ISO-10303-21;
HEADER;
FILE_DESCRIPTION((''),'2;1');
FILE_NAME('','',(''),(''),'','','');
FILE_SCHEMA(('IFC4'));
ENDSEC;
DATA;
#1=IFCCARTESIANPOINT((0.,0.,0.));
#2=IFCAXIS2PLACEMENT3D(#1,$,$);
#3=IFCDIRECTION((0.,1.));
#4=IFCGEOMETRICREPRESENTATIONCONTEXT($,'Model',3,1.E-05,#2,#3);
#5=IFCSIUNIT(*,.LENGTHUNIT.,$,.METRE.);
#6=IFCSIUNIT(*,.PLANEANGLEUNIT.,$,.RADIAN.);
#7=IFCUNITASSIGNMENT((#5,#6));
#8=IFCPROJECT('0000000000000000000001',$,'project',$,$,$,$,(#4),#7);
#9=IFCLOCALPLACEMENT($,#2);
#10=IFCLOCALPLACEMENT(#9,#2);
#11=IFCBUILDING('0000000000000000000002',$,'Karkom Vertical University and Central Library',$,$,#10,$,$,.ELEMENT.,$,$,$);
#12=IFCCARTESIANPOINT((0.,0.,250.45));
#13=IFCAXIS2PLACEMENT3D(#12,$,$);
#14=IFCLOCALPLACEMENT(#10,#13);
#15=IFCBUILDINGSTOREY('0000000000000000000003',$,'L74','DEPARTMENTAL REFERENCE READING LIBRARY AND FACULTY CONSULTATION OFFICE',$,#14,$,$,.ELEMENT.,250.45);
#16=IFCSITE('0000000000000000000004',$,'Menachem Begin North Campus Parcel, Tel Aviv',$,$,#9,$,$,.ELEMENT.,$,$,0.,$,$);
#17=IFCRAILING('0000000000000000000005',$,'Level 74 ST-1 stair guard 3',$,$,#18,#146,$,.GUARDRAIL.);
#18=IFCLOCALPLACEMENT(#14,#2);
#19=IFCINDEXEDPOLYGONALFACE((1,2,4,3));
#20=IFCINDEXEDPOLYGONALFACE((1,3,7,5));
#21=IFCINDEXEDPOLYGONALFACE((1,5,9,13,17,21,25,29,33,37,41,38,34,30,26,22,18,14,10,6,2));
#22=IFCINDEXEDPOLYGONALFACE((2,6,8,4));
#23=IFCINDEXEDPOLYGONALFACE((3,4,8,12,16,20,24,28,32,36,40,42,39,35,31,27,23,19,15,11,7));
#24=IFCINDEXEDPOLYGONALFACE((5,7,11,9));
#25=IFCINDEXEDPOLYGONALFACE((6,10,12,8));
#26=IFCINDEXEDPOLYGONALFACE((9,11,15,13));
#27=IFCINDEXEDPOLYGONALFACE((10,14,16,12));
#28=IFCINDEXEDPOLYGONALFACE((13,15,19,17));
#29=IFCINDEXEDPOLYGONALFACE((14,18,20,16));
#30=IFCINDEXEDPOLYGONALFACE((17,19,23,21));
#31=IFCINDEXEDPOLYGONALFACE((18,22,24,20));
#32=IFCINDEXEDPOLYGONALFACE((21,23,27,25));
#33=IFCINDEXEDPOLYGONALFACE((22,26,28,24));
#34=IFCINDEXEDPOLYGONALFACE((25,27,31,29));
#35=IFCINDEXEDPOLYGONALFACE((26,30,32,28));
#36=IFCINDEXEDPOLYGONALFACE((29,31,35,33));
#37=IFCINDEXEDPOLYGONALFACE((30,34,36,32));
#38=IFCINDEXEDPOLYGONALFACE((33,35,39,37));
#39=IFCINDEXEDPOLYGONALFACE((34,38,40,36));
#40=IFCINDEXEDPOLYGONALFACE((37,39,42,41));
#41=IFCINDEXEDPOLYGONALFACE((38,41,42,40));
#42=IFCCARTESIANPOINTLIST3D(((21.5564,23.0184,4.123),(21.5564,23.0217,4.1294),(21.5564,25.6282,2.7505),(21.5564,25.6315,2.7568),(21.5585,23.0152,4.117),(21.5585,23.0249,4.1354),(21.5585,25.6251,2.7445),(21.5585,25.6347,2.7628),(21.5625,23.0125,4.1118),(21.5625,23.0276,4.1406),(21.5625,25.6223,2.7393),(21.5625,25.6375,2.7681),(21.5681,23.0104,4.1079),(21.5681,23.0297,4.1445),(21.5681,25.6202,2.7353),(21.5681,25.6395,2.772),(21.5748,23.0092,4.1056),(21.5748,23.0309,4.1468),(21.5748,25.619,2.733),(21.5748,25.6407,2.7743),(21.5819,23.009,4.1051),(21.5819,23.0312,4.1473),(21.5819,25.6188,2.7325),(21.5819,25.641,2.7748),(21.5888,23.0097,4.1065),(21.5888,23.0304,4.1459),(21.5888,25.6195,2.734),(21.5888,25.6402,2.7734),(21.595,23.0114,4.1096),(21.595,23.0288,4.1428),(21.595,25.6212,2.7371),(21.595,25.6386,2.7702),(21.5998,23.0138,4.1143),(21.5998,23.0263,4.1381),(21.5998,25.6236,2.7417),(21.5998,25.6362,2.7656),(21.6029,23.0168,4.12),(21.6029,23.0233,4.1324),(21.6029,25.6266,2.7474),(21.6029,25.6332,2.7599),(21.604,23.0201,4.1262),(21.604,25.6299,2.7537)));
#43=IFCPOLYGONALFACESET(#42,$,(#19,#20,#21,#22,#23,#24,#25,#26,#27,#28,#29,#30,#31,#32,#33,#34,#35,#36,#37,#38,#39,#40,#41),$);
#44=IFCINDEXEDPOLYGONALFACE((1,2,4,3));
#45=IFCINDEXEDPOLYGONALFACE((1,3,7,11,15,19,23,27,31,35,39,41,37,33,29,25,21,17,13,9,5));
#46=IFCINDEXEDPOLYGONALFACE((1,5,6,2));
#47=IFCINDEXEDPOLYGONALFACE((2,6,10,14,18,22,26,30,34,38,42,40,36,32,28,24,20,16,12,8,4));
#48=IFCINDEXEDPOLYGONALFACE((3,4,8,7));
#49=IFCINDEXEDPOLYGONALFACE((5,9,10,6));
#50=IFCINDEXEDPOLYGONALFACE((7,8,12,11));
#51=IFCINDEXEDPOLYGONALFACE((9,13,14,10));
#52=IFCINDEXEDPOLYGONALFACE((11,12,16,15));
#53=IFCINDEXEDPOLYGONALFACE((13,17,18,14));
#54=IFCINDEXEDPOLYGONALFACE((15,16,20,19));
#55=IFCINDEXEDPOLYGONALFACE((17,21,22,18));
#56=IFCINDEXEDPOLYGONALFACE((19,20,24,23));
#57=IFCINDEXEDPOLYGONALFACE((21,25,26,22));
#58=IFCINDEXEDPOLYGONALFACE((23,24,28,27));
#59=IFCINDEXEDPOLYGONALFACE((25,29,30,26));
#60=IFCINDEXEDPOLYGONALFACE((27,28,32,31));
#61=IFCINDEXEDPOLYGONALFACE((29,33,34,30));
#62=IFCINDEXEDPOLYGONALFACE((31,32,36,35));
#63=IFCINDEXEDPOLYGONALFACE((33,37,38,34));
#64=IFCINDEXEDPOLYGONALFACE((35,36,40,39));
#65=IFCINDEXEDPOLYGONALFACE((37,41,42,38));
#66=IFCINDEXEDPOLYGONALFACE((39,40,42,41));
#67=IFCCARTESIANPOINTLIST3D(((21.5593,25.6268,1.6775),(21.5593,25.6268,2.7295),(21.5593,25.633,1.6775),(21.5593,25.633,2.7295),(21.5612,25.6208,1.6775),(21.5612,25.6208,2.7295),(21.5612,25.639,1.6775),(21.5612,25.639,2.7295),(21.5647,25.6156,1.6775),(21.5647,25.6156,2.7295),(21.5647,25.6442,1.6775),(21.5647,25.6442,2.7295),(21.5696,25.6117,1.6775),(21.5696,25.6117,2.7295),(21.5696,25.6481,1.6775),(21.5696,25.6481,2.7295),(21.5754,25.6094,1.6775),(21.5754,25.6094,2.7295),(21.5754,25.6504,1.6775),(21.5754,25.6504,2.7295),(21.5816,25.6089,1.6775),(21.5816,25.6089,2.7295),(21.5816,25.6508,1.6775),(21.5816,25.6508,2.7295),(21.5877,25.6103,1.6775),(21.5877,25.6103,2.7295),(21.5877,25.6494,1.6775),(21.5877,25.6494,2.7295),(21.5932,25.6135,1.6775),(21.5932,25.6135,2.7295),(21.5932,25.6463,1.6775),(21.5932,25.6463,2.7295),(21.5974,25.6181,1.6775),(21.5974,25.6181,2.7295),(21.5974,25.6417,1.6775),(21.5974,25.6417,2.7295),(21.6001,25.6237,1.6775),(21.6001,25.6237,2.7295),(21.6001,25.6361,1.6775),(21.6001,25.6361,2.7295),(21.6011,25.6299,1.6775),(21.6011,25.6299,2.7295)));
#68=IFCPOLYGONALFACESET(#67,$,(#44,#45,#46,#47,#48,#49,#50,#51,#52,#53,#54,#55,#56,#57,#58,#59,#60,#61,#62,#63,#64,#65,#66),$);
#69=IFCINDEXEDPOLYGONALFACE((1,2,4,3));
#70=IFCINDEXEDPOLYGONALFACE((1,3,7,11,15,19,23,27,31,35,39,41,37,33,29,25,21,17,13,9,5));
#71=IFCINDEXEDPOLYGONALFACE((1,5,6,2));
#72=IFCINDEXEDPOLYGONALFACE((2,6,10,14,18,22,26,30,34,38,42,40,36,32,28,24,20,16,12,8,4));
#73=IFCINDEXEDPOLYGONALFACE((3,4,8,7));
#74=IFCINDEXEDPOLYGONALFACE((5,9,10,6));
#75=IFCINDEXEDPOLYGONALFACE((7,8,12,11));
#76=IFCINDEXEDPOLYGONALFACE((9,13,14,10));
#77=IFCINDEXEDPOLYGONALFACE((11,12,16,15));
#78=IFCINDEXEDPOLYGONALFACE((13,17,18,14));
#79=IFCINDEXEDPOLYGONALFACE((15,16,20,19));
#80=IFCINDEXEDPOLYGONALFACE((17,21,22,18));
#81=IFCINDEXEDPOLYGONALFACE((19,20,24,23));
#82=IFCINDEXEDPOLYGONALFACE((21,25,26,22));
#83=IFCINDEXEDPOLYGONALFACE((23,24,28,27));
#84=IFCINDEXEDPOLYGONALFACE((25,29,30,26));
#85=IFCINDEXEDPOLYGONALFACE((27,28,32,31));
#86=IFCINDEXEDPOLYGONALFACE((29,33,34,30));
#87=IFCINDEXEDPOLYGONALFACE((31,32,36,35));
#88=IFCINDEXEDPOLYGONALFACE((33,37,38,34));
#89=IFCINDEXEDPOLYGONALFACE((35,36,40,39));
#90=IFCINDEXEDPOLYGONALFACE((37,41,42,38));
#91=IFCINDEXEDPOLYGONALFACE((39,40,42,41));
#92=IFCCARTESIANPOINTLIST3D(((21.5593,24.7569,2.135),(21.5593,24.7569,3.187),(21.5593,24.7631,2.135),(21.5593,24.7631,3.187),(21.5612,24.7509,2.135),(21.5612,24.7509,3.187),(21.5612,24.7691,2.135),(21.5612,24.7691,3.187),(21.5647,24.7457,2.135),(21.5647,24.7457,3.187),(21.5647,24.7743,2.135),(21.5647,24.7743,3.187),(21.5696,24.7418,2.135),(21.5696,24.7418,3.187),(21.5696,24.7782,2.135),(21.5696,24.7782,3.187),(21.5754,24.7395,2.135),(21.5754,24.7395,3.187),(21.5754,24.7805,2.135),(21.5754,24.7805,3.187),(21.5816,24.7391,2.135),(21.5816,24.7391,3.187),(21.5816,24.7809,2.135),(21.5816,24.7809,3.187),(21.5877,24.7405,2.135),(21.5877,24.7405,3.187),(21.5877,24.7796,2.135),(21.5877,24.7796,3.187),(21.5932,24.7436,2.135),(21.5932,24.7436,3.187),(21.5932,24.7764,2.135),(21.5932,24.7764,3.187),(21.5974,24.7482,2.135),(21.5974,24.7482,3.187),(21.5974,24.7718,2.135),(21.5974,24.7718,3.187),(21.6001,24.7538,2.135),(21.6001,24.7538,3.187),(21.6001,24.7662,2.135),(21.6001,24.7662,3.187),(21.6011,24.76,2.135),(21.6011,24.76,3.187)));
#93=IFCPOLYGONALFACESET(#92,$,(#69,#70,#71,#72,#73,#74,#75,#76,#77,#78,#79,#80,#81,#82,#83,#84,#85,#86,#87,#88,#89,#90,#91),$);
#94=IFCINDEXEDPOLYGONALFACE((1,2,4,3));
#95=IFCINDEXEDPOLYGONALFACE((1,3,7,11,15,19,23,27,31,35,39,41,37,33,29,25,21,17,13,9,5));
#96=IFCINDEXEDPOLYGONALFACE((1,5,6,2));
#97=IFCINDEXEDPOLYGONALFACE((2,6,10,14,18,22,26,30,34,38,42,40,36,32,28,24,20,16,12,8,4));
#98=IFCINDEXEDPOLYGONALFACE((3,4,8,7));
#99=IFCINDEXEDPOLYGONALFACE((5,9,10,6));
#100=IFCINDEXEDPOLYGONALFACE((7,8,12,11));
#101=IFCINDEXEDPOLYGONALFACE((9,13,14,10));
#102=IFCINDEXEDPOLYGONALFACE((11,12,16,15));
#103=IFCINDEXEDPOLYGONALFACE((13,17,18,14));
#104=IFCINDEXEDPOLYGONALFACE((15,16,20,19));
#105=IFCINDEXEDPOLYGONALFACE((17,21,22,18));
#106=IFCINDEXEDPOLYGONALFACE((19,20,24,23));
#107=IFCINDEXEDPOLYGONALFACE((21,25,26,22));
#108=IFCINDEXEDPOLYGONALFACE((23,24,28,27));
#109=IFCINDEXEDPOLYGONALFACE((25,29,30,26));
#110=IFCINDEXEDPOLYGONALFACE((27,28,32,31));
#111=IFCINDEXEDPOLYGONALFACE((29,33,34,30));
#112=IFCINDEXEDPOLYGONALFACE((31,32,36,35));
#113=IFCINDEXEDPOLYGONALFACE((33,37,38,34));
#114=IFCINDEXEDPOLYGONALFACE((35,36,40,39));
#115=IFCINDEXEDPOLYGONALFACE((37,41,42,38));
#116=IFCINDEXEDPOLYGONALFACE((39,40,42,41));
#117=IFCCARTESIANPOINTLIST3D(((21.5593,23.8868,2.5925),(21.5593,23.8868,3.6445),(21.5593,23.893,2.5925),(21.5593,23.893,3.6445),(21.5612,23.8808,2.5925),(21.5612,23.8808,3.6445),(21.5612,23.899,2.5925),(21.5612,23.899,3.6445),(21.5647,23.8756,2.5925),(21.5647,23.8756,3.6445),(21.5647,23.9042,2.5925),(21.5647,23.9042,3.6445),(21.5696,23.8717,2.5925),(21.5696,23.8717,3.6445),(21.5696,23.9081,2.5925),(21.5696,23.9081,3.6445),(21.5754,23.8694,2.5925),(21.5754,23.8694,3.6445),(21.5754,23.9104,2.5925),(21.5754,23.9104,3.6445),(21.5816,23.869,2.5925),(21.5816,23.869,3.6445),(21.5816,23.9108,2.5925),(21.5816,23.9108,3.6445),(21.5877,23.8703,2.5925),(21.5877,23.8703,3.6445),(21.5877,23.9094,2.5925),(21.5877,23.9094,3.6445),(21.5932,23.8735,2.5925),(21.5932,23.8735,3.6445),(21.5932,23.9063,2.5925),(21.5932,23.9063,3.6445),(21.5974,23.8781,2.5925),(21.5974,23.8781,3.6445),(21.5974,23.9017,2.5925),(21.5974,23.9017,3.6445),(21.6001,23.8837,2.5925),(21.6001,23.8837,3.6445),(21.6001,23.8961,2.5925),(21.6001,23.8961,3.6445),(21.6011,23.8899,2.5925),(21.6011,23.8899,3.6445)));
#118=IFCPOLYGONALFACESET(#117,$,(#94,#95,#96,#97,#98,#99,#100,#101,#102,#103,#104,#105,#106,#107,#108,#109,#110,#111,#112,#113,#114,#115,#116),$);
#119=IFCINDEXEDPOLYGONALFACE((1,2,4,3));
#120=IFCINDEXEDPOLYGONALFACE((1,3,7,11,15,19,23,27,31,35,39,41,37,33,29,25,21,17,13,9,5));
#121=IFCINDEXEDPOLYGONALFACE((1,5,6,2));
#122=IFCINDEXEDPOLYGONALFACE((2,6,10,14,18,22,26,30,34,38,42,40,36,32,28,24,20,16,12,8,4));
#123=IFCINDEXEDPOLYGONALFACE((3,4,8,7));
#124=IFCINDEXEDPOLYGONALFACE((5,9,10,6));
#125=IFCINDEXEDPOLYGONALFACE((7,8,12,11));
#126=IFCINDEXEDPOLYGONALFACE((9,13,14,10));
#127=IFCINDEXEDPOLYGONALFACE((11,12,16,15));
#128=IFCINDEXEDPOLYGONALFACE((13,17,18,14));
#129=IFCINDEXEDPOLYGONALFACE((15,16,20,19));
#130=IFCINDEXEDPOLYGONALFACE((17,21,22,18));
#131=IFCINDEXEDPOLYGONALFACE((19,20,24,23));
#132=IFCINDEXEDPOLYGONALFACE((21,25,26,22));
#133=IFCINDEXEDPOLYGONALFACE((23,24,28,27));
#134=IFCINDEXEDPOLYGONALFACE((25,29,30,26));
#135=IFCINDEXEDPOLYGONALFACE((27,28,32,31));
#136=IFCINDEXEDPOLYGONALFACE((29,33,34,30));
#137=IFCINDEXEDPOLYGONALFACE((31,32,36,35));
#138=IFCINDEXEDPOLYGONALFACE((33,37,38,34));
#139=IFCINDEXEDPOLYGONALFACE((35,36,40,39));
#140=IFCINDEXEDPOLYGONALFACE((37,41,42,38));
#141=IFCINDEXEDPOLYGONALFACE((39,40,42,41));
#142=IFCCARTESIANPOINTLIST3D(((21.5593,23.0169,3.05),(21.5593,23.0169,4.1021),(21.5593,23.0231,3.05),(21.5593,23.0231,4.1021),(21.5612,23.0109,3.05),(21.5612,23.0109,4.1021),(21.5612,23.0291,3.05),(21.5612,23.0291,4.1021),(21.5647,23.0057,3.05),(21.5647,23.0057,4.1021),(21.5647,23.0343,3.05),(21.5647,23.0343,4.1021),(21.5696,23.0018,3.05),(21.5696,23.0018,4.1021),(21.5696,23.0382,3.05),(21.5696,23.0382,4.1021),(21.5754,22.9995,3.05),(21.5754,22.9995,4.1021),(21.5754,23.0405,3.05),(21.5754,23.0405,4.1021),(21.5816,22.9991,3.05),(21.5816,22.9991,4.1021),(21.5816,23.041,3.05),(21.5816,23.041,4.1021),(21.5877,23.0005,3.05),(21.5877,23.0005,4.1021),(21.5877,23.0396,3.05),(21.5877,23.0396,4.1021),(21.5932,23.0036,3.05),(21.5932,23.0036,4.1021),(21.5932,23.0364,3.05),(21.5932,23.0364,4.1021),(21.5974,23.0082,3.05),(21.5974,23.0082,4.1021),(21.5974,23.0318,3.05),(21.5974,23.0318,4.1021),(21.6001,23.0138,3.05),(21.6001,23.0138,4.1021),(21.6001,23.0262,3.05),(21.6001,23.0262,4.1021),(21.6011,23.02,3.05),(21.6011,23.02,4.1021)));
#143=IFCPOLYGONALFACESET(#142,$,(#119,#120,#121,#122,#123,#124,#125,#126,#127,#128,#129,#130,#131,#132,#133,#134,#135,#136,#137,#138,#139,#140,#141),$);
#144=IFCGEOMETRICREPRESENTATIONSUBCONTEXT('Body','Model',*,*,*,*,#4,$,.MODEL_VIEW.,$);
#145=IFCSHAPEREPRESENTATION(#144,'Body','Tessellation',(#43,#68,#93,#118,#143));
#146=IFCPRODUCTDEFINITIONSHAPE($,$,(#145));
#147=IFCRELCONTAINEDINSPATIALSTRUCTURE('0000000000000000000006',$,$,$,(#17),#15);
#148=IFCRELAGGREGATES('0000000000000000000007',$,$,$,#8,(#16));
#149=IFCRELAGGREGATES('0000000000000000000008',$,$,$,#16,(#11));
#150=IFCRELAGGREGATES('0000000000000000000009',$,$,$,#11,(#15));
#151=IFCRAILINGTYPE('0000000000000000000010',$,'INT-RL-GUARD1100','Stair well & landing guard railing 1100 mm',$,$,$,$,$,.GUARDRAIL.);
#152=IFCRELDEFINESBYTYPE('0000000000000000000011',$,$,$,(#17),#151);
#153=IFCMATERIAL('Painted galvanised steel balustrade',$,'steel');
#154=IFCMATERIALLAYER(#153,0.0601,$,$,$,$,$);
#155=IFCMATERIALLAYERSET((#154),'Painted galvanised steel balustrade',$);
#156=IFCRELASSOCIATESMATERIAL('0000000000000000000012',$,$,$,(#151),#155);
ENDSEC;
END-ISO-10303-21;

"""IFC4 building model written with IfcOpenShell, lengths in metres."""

from ifc_helpers import new_model, si_unit, direction, frame, origin, origin_2d, place, context, subcontext, project, spatial, circle, extrude, material, layer, layer_set, type_object, element, save


model = new_model("IFC4")

# Units and contexts
model_context = context("Model", 3, precision=1e-05, world=origin(), true_north=direction((0.0, 1.0)))
body_context = subcontext(model_context, "Body", "Model", "MODEL_VIEW")
ifc_project = project(units=[si_unit("LENGTHUNIT", "METRE"), si_unit("PLANEANGLEUNIT", "RADIAN")], contexts=[model_context])

# Site, building, storey
site_placement = place(None, origin())
site = spatial("IfcSite", under=ifc_project, at=site_placement, Name="Menachem Begin North Campus Parcel, Tel Aviv", CompositionType="ELEMENT", RefElevation=0.0)
building_placement = place(site_placement, origin())
building = spatial("IfcBuilding", under=site, at=building_placement, Name="Karkom Vertical University and Central Library", CompositionType="ELEMENT")
storey_placement = place(building_placement, frame((0.0, 0.0, 250.45)))
storey = spatial("IfcBuildingStorey", under=building, at=storey_placement, Name="L74", Description="DEPARTMENTAL REFERENCE READING LIBRARY AND FACULTY CONSULTATION OFFICE", CompositionType="ELEMENT", Elevation=250.45)

# Railing
ifc_material_1 = material(Name="Painted galvanised steel balustrade", Category="steel")
ifc_layer_1 = layer(ifc_material_1, 0.0601)
ifc_layer_set_1 = layer_set([ifc_layer_1], Name="Painted galvanised steel balustrade")
railing_type = type_object("IfcRailingType", Name="INT-RL-GUARD1100", Description="Stair well & landing guard railing 1100 mm", PredefinedType="GUARDRAIL", material=ifc_layer_set_1)
railing_1_placement = place(storey_placement, frame((21.5801, 25.6299, 1.6775)))
element("IfcRailing", 1, at=railing_1_placement, inside=storey, type_object=railing_type, Name="Level 74 ST-1 stair guard 3", PredefinedType="GUARDRAIL", context=body_context, shape_type="SweptSolid", body=[
    extrude(circle(Radius=0.0239, at=origin_2d()), frame((0.0, 0.0, 1.0762), z_axis=(0.0, -0.885065, 0.465467), x_axis=(1.0, 0.0, 0.0)), (0.0, 0.0, 1.0), 2.9487),
    extrude(circle(Radius=0.021, at=origin_2d()), origin(), (0.0, 0.0, 1.0), 1.052),
    extrude(circle(Radius=0.021, at=origin_2d()), frame((0.0, -0.8699, 0.4575)), (0.0, 0.0, 1.0), 1.052),
    extrude(circle(Radius=0.021, at=origin_2d()), frame((0.0, -1.74, 0.915)), (0.0, 0.0, 1.0), 1.052),
    extrude(circle(Radius=0.021, at=origin_2d()), frame((0.0, -2.6099, 1.3726)), (0.0, 0.0, 1.0), 1.052),
])

save(model, "model.ifc")
